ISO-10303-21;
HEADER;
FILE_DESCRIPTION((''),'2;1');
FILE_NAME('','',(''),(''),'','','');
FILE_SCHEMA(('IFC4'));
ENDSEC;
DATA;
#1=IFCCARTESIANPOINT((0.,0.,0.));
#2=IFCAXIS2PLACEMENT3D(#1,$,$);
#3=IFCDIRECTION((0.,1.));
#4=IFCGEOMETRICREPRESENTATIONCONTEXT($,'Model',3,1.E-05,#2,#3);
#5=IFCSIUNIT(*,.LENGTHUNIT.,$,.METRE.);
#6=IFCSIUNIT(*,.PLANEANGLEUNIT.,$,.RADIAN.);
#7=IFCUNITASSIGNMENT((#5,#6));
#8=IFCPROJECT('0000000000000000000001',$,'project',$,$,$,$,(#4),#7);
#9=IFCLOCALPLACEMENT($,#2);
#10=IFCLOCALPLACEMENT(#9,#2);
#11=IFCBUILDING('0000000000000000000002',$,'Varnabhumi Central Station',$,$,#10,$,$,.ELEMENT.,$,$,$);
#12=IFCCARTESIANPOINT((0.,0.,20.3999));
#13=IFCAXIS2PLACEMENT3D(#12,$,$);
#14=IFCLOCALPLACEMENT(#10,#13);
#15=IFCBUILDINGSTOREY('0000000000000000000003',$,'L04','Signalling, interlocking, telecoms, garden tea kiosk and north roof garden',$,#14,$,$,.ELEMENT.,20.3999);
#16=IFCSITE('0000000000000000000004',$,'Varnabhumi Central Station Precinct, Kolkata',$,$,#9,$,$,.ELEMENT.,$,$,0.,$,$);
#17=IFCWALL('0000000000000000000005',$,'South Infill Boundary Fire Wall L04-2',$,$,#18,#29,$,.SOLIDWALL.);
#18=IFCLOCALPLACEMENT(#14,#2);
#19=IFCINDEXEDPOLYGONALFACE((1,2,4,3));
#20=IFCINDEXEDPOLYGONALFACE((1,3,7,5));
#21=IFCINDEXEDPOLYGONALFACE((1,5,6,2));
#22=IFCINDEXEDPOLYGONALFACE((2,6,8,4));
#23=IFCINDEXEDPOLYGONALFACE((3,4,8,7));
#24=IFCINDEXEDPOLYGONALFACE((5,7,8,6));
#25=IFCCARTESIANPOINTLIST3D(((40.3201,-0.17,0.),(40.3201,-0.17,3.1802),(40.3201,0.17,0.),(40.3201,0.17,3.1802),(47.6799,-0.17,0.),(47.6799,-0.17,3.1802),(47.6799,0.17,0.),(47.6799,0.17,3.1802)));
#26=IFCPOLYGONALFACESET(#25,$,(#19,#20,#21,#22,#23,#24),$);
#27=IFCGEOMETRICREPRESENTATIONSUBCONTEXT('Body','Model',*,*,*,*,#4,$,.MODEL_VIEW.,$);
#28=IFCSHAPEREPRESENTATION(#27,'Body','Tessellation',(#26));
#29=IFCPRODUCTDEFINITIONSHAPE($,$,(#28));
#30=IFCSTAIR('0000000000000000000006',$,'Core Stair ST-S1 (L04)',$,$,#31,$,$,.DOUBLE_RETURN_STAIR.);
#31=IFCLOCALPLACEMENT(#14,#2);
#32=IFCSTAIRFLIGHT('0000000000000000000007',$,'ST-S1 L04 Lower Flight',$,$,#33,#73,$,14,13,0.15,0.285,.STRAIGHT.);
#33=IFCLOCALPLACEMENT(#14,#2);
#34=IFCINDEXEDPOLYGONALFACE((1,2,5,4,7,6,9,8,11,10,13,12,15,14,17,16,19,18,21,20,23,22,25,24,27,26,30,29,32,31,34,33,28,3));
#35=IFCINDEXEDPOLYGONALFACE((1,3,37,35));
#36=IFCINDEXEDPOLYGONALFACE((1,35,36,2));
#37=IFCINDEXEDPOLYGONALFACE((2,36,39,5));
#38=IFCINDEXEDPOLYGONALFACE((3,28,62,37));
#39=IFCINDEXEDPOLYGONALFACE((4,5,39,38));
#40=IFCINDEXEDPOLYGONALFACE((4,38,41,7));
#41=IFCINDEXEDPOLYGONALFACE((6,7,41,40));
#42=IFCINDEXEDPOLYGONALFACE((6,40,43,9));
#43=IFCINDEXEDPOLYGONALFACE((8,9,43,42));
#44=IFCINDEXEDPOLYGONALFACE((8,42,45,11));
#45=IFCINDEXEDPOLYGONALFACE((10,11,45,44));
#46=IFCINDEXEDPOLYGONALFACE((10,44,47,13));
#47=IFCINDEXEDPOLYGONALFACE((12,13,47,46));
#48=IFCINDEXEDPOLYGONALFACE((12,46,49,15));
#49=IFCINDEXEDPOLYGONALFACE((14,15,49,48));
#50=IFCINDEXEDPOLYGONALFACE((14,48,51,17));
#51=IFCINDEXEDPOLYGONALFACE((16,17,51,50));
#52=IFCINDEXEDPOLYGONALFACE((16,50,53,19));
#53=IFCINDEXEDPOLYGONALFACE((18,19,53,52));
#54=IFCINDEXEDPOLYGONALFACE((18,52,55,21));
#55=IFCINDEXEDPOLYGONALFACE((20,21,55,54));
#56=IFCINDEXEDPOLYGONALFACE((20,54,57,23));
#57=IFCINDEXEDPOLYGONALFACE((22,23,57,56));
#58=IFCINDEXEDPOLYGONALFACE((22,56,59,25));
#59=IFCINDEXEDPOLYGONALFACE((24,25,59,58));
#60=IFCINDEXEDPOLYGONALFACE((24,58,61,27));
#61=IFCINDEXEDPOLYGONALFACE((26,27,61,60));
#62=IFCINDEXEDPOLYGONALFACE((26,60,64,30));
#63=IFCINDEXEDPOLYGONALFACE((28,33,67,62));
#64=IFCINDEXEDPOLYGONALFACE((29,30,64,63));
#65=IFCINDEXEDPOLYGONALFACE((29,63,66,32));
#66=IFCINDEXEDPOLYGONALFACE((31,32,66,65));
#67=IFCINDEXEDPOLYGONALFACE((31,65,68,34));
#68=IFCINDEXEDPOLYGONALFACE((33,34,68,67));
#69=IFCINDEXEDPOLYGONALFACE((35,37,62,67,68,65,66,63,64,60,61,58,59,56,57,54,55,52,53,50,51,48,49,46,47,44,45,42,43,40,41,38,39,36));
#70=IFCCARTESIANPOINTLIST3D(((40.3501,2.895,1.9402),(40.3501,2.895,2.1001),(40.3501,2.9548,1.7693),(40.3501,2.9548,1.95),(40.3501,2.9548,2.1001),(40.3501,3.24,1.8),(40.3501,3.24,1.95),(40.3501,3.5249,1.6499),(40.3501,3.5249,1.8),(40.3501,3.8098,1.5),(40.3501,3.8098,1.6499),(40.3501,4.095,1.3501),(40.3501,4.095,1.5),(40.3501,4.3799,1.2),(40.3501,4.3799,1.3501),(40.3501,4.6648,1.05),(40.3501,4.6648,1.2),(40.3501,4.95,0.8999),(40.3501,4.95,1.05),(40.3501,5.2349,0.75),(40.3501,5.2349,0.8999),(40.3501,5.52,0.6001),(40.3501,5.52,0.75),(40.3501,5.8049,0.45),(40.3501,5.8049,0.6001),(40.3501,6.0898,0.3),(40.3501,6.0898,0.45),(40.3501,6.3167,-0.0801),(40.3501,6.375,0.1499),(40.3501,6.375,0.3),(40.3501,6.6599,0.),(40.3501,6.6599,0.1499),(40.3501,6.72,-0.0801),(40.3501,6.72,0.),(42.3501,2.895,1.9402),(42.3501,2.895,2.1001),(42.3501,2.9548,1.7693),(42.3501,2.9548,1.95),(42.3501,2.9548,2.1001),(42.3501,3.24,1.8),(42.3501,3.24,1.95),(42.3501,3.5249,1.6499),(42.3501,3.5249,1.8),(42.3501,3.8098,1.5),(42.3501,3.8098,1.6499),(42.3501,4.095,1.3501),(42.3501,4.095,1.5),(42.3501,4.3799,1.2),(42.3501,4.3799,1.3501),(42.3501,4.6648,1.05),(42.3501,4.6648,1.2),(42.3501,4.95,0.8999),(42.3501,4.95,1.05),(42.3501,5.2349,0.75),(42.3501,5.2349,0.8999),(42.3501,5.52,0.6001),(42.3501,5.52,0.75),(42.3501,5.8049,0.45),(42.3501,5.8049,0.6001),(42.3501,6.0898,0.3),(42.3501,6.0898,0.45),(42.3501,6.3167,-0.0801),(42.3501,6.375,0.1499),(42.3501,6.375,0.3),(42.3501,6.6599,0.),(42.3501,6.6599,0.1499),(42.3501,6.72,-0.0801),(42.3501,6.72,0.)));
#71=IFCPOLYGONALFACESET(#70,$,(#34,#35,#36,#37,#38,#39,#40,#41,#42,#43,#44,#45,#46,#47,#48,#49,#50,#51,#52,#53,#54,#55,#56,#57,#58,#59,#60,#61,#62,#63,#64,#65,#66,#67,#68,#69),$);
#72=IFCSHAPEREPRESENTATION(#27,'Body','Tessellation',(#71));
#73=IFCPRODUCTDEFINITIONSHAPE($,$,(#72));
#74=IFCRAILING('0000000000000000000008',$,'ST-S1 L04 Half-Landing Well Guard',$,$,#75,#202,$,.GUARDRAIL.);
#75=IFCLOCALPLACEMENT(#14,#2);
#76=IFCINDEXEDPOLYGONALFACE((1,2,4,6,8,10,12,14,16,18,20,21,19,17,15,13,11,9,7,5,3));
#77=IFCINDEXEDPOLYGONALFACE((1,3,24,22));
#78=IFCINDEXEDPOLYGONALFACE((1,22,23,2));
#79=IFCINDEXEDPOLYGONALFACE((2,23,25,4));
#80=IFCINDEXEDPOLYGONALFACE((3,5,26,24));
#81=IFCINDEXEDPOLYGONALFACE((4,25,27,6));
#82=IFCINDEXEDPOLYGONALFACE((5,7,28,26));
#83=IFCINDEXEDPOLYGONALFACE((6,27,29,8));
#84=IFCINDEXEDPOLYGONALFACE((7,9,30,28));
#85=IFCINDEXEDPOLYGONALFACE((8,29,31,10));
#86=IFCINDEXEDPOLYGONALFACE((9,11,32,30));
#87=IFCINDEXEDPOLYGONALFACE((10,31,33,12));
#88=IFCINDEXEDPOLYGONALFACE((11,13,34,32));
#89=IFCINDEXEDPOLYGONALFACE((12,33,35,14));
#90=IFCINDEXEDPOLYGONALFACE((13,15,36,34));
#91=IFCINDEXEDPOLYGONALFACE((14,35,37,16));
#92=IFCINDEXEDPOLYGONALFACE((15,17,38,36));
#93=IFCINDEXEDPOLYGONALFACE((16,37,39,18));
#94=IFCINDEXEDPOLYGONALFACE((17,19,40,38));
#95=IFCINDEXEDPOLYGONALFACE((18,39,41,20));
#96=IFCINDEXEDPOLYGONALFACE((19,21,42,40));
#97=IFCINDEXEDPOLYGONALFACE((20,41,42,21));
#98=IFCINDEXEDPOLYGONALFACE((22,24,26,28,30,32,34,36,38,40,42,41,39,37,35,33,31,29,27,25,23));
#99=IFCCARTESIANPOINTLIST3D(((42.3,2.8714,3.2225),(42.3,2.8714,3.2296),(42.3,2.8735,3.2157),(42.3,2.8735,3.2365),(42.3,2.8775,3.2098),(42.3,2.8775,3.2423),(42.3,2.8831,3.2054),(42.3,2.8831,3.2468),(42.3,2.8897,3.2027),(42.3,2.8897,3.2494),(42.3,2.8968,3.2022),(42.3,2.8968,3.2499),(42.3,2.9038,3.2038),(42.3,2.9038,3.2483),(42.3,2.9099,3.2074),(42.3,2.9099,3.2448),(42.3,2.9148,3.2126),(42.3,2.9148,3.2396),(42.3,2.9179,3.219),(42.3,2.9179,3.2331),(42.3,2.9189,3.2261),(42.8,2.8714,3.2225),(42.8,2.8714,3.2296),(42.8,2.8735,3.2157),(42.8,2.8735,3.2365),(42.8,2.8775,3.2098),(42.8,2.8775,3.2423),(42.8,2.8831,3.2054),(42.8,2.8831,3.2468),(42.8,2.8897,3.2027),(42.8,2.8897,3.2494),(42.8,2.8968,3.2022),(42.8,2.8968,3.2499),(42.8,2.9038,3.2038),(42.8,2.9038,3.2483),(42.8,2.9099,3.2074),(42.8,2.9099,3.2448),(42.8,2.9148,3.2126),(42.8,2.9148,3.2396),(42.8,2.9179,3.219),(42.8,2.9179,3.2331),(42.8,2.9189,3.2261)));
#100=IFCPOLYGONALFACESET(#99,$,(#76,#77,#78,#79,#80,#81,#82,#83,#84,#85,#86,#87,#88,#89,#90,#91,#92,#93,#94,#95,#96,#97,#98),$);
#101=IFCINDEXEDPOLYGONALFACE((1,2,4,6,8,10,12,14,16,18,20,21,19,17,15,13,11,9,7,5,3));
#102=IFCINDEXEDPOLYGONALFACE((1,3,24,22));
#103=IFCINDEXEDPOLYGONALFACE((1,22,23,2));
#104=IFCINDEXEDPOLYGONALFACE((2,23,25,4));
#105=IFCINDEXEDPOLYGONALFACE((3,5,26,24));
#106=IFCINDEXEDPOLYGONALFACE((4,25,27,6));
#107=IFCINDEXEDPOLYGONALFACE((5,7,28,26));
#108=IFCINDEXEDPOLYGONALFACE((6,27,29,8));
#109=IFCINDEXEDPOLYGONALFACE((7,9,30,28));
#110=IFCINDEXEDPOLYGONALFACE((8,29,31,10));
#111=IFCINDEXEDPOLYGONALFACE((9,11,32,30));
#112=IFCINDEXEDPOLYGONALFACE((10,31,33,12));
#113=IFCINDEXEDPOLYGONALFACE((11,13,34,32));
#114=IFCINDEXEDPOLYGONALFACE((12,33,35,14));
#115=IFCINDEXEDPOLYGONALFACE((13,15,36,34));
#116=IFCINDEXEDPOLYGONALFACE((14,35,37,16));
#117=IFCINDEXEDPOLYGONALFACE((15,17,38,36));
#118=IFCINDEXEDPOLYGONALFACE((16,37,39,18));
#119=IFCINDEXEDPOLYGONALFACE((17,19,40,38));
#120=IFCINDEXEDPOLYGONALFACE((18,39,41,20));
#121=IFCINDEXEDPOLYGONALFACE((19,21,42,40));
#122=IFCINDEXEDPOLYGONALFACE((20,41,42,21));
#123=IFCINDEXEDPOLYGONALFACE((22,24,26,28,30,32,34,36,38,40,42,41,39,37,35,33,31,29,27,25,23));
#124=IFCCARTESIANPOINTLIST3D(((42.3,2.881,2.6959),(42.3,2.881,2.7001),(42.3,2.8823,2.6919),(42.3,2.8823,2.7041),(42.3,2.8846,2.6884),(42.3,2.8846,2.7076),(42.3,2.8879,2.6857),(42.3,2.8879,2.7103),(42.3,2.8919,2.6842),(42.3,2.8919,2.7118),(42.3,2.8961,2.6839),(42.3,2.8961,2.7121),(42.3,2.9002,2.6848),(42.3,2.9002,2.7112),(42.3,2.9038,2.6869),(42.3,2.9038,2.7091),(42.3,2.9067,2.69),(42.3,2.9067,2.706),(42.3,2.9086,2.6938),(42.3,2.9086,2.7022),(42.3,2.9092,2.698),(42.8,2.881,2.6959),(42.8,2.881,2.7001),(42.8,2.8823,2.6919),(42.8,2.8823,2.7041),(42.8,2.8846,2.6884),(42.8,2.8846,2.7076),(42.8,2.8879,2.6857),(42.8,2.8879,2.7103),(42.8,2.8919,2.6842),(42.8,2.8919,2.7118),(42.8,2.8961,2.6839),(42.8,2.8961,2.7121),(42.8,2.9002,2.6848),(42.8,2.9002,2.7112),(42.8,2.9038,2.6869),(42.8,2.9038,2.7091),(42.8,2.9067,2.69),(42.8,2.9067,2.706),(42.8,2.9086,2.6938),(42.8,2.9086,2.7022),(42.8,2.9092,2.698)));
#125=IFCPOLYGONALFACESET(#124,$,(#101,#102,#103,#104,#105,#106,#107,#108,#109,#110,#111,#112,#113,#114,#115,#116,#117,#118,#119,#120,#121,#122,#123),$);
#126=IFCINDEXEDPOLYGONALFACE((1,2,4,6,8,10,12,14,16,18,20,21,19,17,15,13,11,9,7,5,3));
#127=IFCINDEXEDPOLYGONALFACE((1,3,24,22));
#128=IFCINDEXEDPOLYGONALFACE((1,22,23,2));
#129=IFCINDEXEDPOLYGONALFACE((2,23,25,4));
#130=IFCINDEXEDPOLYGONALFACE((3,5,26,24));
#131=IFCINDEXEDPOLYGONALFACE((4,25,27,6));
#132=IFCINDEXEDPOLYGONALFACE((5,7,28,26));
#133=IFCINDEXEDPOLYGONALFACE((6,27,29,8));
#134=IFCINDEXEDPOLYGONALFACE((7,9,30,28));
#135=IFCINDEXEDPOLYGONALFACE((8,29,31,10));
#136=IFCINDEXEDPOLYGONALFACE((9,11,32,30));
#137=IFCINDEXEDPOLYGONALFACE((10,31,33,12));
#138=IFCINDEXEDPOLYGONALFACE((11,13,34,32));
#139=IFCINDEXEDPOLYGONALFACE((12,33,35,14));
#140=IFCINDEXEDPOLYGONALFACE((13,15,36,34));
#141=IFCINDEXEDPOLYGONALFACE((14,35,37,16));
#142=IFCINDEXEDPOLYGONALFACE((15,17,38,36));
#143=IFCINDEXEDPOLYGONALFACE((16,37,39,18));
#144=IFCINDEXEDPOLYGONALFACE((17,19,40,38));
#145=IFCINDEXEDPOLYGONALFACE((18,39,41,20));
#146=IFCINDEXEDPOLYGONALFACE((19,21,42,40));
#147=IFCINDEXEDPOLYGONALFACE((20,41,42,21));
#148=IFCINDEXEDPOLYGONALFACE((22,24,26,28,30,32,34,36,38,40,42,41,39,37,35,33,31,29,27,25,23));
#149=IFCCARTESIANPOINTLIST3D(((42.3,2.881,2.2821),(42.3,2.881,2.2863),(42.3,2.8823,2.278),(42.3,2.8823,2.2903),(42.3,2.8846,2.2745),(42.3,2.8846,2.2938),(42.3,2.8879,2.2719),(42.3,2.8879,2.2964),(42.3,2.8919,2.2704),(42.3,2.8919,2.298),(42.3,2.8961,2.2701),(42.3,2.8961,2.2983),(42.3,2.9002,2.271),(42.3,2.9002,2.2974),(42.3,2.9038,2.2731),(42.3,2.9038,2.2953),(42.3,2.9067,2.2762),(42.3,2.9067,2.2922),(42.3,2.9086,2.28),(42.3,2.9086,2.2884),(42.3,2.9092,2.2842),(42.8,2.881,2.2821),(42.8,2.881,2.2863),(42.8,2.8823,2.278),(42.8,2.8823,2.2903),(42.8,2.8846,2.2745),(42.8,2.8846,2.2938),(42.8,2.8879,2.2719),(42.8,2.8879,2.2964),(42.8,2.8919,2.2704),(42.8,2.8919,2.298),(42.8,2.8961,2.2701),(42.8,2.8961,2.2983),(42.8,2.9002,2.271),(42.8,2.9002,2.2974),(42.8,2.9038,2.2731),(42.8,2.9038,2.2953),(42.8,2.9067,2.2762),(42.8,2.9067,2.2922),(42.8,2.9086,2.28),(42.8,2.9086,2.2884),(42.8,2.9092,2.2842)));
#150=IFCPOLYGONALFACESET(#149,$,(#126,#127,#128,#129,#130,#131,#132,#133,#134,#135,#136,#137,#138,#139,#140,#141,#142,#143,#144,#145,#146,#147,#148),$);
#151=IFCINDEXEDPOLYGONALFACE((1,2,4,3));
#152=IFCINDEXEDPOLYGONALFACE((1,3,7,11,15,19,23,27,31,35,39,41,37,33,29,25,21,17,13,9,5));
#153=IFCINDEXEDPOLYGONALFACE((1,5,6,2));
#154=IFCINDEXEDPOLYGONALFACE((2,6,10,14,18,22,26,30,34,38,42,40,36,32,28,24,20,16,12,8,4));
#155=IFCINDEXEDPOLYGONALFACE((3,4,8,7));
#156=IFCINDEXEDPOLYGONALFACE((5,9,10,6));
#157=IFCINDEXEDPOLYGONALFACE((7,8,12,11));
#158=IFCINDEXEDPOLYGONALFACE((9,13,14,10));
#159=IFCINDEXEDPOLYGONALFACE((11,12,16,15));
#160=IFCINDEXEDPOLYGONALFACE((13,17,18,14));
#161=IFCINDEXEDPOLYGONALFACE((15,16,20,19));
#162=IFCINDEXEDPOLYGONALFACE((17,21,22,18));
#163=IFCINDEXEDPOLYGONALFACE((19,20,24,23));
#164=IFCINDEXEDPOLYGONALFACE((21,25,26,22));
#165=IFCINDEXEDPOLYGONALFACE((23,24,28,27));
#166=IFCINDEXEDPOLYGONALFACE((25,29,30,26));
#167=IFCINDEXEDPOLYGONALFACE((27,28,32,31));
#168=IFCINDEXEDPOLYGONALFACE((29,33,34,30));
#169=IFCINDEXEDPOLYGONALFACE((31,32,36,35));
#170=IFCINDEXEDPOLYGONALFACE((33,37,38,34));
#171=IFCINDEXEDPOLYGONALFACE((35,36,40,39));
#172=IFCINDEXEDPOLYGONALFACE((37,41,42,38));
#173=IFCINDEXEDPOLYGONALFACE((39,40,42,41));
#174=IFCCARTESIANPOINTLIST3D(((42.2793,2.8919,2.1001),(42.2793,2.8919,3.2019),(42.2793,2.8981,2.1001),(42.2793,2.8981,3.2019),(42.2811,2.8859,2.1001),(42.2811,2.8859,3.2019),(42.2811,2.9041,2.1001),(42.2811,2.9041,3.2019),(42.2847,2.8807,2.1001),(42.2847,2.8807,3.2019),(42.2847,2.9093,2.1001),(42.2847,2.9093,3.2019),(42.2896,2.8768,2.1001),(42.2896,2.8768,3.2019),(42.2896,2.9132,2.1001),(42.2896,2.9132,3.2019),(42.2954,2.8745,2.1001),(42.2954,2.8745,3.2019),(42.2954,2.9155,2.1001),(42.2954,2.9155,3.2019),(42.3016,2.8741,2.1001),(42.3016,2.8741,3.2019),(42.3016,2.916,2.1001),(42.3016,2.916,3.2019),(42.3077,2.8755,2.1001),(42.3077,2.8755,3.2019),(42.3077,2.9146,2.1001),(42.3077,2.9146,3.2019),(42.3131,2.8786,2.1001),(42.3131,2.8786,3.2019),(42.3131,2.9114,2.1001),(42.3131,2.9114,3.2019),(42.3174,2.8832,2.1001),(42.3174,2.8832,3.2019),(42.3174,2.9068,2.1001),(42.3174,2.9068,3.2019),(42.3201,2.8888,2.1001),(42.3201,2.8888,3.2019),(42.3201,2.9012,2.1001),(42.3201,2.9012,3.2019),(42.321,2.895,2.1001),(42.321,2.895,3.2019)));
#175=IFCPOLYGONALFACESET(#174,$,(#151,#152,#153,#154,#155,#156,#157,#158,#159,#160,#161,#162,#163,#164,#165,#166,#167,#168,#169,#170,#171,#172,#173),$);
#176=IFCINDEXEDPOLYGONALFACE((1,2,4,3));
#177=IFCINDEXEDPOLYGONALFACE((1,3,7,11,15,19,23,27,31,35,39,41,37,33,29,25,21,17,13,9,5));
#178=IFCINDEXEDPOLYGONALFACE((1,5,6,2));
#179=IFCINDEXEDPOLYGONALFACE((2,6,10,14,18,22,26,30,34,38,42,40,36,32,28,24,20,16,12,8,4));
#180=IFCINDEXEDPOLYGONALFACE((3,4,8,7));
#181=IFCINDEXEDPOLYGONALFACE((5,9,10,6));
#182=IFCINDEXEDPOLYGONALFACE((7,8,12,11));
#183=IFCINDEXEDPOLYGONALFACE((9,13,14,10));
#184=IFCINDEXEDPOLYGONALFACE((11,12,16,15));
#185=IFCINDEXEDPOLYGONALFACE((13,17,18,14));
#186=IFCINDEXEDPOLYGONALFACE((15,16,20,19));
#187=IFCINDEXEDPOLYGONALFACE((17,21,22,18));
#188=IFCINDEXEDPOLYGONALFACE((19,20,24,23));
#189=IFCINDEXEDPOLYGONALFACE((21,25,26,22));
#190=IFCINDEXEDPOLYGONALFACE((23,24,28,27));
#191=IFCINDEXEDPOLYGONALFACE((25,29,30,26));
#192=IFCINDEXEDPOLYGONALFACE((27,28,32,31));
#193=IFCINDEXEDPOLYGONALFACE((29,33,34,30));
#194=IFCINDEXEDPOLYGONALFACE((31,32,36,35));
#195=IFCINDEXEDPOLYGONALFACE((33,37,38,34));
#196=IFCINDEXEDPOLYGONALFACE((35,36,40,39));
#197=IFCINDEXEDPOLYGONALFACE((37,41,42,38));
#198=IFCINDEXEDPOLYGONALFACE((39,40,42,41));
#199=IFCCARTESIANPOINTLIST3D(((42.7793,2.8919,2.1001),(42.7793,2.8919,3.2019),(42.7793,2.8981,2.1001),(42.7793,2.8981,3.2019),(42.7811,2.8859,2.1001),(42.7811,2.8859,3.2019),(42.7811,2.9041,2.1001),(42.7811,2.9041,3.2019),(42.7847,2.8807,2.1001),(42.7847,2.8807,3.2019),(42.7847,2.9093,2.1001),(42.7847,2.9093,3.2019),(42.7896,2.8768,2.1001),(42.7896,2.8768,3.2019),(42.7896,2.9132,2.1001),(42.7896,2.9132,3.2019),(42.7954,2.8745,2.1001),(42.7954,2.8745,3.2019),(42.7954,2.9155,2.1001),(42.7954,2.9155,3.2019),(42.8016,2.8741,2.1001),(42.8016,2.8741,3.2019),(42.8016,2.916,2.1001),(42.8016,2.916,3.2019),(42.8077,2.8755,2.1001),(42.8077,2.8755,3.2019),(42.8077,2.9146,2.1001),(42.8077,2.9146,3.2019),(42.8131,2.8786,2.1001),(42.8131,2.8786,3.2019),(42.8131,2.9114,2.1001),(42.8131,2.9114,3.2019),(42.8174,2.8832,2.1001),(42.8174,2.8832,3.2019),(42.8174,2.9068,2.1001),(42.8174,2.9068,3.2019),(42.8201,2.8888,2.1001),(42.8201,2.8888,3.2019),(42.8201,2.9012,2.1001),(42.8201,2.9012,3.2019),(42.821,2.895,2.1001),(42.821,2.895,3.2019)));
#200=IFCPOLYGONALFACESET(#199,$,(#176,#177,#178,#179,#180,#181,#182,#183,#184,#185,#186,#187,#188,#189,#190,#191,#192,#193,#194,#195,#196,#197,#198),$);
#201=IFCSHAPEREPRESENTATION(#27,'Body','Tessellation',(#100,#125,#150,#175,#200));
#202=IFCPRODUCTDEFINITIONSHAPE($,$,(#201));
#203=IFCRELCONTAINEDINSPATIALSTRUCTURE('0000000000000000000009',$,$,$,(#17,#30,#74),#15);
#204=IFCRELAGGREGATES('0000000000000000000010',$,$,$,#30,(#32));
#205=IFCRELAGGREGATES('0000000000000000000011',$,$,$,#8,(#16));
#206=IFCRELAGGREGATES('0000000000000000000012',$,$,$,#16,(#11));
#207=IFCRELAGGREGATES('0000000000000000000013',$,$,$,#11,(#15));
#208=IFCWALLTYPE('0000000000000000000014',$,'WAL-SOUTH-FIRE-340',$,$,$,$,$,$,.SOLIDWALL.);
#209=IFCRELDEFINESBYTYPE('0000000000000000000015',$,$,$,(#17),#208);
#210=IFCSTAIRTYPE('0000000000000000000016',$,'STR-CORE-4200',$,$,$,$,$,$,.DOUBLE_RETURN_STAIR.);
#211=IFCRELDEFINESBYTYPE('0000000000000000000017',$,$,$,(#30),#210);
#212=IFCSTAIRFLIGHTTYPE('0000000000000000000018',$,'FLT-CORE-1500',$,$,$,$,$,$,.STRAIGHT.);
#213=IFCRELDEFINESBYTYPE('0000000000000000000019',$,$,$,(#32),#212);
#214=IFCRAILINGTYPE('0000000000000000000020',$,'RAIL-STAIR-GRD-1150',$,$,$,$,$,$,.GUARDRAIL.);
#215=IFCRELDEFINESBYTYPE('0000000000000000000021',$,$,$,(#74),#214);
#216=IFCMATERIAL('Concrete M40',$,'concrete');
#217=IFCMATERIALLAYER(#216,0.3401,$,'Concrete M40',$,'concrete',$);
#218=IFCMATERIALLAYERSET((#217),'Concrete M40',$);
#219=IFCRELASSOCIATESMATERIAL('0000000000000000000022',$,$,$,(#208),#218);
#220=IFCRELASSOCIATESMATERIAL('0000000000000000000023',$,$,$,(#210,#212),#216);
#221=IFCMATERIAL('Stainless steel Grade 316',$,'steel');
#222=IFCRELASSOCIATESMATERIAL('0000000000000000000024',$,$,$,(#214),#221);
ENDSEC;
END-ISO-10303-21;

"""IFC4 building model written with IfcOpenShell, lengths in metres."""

from ifc_helpers import new_model, si_unit, direction, frame, frame_2d, origin, origin_2d, place, context, subcontext, project, spatial, polyline, rectangle, circle, outline, extrude, material, layer, layer_set, type_object, element, aggregate, save


model = new_model("IFC4")

# Units and contexts
model_context = context("Model", 3, precision=1e-05, world=origin(), true_north=direction((0.0, 1.0)))
body_context = subcontext(model_context, "Body", "Model", "MODEL_VIEW")
ifc_project = project(units=[si_unit("LENGTHUNIT", "METRE"), si_unit("PLANEANGLEUNIT", "RADIAN")], contexts=[model_context])

# Site, building, storey
site_placement = place(None, origin())
site = spatial("IfcSite", under=ifc_project, at=site_placement, Name="Varnabhumi Central Station Precinct, Kolkata", CompositionType="ELEMENT", RefElevation=0.0)
building_placement = place(site_placement, origin())
building = spatial("IfcBuilding", under=site, at=building_placement, Name="Varnabhumi Central Station", CompositionType="ELEMENT")
storey_placement = place(building_placement, frame((0.0, 0.0, 20.3999)))
storey = spatial("IfcBuildingStorey", under=building, at=storey_placement, Name="L04", Description="Signalling, interlocking, telecoms, garden tea kiosk and north roof garden", CompositionType="ELEMENT", Elevation=20.3999)

# Shared definitions
ifc_material_1 = material(Name="Concrete M40", Category="concrete")

# Wall
ifc_layer_1 = layer(ifc_material_1, 0.3401, Name="Concrete M40", Category="concrete")
ifc_layer_set_1 = layer_set([ifc_layer_1], Name="Concrete M40")
wall_type_1 = type_object("IfcWallType", Name="WAL-SOUTH-FIRE-340", PredefinedType="SOLIDWALL", material=ifc_layer_set_1)
wall_1_placement = place(storey_placement, frame((40.3201, 0.0, 0.0), z_axis=(0.0, 0.0, 1.0), x_axis=(1.0, 0.0, 0.0)))
element("IfcWall", 1, at=wall_1_placement, inside=storey, type_object=wall_type_1, Name="South Infill Boundary Fire Wall L04-2", PredefinedType="SOLIDWALL", context=body_context, shape_type="SweptSolid", body=[
    extrude(rectangle(XDim=7.3599, YDim=0.3401, at=frame_2d((3.6799, 0.0))), origin(), (0.0, 0.0, 1.0), 3.1802),
])

# Stair, stair flight
stair_type = type_object("IfcStairType", Name="STR-CORE-4200", PredefinedType="DOUBLE_RETURN_STAIR", material=ifc_material_1)
stair_placement = place(storey_placement, origin())
stair = element("IfcStair", 2, at=stair_placement, inside=storey, type_object=stair_type, Name="Core Stair ST-S1 (L04)", PredefinedType="DOUBLE_RETURN_STAIR")
stair_flight_type = type_object("IfcStairFlightType", Name="FLT-CORE-1500", PredefinedType="STRAIGHT", material=ifc_material_1)
stair_flight_placement = place(storey_placement, frame((41.3501, 6.6599, 0.0), z_axis=(0.0, 0.0, 1.0), x_axis=(0.0, -1.0, 0.0)))
stair_flight = element("IfcStairFlight", 3, at=stair_flight_placement, type_object=stair_flight_type, Name="ST-S1 L04 Lower Flight", NumberOfRisers=14, NumberOfTreads=13, PredefinedType="STRAIGHT", RiserHeight=0.15, TreadLength=0.285, context=body_context, shape_type="SweptSolid", body=[
    extrude(outline(polyline([(-0.0601, -0.0801), (-0.0601, 0.0), (0.0, 0.0), (0.0, 0.1499), (0.2849, 0.1499), (0.2849, 0.3), (0.5701, 0.3), (0.5701, 0.45), (0.855, 0.45), (0.855, 0.6001), (1.1399, 0.6001), (1.1399, 0.75), (1.425, 0.75), (1.425, 0.8999), (1.71, 0.8999), (1.71, 1.05), (1.9951, 1.05), (1.9951, 1.2), (2.28, 1.2), (2.28, 1.3501), (2.5649, 1.3501), (2.5649, 1.5), (2.8501, 1.5), (2.8501, 1.6499), (3.135, 1.6499), (3.135, 1.8), (3.4199, 1.8), (3.4199, 1.95), (3.7051, 1.95), (3.7051, 2.1001), (3.7649, 2.1001), (3.7649, 1.9402), (3.7051, 1.7693), (0.3433, -0.0801), (-0.0601, -0.0801)])), frame((0.0, 1.0, 0.0), z_axis=(0.0, -1.0, 0.0), x_axis=(1.0, 0.0, 0.0)), (0.0, 0.0, 1.0), 2.0),
])
aggregate(stair, [stair_flight])

# Railing
ifc_material_2 = material(Name="Stainless steel Grade 316", Category="steel")
railing_type_1 = type_object("IfcRailingType", Name="RAIL-STAIR-GRD-1150", PredefinedType="GUARDRAIL", material=ifc_material_2)
railing_1_placement = place(storey_placement, frame((42.3, 2.895, 2.1001)))
element("IfcRailing", 4, at=railing_1_placement, inside=storey, type_object=railing_type_1, Name="ST-S1 L04 Half-Landing Well Guard", PredefinedType="GUARDRAIL", context=body_context, shape_type="SweptSolid", body=[
    extrude(circle(Radius=0.0239, at=origin_2d()), frame((0.0, 0.0, 1.126), z_axis=(1.0, 0.0, 0.0), x_axis=(0.0, 1.0, 0.0)), (0.0, 0.0, 1.0), 0.5),
    extrude(circle(Radius=0.0142, at=origin_2d()), frame((0.0, 0.0, 0.5979), z_axis=(1.0, 0.0, 0.0), x_axis=(0.0, 1.0, 0.0)), (0.0, 0.0, 1.0), 0.5),
    extrude(circle(Radius=0.0142, at=origin_2d()), frame((0.0, 0.0, 0.1841), z_axis=(1.0, 0.0, 0.0), x_axis=(0.0, 1.0, 0.0)), (0.0, 0.0, 1.0), 0.5),
    extrude(circle(Radius=0.021, at=origin_2d()), origin(), (0.0, 0.0, 1.0), 1.1018),
    extrude(circle(Radius=0.021, at=origin_2d()), frame((0.5, 0.0, 0.0)), (0.0, 0.0, 1.0), 1.1018),
])

save(model, "model.ifc")
